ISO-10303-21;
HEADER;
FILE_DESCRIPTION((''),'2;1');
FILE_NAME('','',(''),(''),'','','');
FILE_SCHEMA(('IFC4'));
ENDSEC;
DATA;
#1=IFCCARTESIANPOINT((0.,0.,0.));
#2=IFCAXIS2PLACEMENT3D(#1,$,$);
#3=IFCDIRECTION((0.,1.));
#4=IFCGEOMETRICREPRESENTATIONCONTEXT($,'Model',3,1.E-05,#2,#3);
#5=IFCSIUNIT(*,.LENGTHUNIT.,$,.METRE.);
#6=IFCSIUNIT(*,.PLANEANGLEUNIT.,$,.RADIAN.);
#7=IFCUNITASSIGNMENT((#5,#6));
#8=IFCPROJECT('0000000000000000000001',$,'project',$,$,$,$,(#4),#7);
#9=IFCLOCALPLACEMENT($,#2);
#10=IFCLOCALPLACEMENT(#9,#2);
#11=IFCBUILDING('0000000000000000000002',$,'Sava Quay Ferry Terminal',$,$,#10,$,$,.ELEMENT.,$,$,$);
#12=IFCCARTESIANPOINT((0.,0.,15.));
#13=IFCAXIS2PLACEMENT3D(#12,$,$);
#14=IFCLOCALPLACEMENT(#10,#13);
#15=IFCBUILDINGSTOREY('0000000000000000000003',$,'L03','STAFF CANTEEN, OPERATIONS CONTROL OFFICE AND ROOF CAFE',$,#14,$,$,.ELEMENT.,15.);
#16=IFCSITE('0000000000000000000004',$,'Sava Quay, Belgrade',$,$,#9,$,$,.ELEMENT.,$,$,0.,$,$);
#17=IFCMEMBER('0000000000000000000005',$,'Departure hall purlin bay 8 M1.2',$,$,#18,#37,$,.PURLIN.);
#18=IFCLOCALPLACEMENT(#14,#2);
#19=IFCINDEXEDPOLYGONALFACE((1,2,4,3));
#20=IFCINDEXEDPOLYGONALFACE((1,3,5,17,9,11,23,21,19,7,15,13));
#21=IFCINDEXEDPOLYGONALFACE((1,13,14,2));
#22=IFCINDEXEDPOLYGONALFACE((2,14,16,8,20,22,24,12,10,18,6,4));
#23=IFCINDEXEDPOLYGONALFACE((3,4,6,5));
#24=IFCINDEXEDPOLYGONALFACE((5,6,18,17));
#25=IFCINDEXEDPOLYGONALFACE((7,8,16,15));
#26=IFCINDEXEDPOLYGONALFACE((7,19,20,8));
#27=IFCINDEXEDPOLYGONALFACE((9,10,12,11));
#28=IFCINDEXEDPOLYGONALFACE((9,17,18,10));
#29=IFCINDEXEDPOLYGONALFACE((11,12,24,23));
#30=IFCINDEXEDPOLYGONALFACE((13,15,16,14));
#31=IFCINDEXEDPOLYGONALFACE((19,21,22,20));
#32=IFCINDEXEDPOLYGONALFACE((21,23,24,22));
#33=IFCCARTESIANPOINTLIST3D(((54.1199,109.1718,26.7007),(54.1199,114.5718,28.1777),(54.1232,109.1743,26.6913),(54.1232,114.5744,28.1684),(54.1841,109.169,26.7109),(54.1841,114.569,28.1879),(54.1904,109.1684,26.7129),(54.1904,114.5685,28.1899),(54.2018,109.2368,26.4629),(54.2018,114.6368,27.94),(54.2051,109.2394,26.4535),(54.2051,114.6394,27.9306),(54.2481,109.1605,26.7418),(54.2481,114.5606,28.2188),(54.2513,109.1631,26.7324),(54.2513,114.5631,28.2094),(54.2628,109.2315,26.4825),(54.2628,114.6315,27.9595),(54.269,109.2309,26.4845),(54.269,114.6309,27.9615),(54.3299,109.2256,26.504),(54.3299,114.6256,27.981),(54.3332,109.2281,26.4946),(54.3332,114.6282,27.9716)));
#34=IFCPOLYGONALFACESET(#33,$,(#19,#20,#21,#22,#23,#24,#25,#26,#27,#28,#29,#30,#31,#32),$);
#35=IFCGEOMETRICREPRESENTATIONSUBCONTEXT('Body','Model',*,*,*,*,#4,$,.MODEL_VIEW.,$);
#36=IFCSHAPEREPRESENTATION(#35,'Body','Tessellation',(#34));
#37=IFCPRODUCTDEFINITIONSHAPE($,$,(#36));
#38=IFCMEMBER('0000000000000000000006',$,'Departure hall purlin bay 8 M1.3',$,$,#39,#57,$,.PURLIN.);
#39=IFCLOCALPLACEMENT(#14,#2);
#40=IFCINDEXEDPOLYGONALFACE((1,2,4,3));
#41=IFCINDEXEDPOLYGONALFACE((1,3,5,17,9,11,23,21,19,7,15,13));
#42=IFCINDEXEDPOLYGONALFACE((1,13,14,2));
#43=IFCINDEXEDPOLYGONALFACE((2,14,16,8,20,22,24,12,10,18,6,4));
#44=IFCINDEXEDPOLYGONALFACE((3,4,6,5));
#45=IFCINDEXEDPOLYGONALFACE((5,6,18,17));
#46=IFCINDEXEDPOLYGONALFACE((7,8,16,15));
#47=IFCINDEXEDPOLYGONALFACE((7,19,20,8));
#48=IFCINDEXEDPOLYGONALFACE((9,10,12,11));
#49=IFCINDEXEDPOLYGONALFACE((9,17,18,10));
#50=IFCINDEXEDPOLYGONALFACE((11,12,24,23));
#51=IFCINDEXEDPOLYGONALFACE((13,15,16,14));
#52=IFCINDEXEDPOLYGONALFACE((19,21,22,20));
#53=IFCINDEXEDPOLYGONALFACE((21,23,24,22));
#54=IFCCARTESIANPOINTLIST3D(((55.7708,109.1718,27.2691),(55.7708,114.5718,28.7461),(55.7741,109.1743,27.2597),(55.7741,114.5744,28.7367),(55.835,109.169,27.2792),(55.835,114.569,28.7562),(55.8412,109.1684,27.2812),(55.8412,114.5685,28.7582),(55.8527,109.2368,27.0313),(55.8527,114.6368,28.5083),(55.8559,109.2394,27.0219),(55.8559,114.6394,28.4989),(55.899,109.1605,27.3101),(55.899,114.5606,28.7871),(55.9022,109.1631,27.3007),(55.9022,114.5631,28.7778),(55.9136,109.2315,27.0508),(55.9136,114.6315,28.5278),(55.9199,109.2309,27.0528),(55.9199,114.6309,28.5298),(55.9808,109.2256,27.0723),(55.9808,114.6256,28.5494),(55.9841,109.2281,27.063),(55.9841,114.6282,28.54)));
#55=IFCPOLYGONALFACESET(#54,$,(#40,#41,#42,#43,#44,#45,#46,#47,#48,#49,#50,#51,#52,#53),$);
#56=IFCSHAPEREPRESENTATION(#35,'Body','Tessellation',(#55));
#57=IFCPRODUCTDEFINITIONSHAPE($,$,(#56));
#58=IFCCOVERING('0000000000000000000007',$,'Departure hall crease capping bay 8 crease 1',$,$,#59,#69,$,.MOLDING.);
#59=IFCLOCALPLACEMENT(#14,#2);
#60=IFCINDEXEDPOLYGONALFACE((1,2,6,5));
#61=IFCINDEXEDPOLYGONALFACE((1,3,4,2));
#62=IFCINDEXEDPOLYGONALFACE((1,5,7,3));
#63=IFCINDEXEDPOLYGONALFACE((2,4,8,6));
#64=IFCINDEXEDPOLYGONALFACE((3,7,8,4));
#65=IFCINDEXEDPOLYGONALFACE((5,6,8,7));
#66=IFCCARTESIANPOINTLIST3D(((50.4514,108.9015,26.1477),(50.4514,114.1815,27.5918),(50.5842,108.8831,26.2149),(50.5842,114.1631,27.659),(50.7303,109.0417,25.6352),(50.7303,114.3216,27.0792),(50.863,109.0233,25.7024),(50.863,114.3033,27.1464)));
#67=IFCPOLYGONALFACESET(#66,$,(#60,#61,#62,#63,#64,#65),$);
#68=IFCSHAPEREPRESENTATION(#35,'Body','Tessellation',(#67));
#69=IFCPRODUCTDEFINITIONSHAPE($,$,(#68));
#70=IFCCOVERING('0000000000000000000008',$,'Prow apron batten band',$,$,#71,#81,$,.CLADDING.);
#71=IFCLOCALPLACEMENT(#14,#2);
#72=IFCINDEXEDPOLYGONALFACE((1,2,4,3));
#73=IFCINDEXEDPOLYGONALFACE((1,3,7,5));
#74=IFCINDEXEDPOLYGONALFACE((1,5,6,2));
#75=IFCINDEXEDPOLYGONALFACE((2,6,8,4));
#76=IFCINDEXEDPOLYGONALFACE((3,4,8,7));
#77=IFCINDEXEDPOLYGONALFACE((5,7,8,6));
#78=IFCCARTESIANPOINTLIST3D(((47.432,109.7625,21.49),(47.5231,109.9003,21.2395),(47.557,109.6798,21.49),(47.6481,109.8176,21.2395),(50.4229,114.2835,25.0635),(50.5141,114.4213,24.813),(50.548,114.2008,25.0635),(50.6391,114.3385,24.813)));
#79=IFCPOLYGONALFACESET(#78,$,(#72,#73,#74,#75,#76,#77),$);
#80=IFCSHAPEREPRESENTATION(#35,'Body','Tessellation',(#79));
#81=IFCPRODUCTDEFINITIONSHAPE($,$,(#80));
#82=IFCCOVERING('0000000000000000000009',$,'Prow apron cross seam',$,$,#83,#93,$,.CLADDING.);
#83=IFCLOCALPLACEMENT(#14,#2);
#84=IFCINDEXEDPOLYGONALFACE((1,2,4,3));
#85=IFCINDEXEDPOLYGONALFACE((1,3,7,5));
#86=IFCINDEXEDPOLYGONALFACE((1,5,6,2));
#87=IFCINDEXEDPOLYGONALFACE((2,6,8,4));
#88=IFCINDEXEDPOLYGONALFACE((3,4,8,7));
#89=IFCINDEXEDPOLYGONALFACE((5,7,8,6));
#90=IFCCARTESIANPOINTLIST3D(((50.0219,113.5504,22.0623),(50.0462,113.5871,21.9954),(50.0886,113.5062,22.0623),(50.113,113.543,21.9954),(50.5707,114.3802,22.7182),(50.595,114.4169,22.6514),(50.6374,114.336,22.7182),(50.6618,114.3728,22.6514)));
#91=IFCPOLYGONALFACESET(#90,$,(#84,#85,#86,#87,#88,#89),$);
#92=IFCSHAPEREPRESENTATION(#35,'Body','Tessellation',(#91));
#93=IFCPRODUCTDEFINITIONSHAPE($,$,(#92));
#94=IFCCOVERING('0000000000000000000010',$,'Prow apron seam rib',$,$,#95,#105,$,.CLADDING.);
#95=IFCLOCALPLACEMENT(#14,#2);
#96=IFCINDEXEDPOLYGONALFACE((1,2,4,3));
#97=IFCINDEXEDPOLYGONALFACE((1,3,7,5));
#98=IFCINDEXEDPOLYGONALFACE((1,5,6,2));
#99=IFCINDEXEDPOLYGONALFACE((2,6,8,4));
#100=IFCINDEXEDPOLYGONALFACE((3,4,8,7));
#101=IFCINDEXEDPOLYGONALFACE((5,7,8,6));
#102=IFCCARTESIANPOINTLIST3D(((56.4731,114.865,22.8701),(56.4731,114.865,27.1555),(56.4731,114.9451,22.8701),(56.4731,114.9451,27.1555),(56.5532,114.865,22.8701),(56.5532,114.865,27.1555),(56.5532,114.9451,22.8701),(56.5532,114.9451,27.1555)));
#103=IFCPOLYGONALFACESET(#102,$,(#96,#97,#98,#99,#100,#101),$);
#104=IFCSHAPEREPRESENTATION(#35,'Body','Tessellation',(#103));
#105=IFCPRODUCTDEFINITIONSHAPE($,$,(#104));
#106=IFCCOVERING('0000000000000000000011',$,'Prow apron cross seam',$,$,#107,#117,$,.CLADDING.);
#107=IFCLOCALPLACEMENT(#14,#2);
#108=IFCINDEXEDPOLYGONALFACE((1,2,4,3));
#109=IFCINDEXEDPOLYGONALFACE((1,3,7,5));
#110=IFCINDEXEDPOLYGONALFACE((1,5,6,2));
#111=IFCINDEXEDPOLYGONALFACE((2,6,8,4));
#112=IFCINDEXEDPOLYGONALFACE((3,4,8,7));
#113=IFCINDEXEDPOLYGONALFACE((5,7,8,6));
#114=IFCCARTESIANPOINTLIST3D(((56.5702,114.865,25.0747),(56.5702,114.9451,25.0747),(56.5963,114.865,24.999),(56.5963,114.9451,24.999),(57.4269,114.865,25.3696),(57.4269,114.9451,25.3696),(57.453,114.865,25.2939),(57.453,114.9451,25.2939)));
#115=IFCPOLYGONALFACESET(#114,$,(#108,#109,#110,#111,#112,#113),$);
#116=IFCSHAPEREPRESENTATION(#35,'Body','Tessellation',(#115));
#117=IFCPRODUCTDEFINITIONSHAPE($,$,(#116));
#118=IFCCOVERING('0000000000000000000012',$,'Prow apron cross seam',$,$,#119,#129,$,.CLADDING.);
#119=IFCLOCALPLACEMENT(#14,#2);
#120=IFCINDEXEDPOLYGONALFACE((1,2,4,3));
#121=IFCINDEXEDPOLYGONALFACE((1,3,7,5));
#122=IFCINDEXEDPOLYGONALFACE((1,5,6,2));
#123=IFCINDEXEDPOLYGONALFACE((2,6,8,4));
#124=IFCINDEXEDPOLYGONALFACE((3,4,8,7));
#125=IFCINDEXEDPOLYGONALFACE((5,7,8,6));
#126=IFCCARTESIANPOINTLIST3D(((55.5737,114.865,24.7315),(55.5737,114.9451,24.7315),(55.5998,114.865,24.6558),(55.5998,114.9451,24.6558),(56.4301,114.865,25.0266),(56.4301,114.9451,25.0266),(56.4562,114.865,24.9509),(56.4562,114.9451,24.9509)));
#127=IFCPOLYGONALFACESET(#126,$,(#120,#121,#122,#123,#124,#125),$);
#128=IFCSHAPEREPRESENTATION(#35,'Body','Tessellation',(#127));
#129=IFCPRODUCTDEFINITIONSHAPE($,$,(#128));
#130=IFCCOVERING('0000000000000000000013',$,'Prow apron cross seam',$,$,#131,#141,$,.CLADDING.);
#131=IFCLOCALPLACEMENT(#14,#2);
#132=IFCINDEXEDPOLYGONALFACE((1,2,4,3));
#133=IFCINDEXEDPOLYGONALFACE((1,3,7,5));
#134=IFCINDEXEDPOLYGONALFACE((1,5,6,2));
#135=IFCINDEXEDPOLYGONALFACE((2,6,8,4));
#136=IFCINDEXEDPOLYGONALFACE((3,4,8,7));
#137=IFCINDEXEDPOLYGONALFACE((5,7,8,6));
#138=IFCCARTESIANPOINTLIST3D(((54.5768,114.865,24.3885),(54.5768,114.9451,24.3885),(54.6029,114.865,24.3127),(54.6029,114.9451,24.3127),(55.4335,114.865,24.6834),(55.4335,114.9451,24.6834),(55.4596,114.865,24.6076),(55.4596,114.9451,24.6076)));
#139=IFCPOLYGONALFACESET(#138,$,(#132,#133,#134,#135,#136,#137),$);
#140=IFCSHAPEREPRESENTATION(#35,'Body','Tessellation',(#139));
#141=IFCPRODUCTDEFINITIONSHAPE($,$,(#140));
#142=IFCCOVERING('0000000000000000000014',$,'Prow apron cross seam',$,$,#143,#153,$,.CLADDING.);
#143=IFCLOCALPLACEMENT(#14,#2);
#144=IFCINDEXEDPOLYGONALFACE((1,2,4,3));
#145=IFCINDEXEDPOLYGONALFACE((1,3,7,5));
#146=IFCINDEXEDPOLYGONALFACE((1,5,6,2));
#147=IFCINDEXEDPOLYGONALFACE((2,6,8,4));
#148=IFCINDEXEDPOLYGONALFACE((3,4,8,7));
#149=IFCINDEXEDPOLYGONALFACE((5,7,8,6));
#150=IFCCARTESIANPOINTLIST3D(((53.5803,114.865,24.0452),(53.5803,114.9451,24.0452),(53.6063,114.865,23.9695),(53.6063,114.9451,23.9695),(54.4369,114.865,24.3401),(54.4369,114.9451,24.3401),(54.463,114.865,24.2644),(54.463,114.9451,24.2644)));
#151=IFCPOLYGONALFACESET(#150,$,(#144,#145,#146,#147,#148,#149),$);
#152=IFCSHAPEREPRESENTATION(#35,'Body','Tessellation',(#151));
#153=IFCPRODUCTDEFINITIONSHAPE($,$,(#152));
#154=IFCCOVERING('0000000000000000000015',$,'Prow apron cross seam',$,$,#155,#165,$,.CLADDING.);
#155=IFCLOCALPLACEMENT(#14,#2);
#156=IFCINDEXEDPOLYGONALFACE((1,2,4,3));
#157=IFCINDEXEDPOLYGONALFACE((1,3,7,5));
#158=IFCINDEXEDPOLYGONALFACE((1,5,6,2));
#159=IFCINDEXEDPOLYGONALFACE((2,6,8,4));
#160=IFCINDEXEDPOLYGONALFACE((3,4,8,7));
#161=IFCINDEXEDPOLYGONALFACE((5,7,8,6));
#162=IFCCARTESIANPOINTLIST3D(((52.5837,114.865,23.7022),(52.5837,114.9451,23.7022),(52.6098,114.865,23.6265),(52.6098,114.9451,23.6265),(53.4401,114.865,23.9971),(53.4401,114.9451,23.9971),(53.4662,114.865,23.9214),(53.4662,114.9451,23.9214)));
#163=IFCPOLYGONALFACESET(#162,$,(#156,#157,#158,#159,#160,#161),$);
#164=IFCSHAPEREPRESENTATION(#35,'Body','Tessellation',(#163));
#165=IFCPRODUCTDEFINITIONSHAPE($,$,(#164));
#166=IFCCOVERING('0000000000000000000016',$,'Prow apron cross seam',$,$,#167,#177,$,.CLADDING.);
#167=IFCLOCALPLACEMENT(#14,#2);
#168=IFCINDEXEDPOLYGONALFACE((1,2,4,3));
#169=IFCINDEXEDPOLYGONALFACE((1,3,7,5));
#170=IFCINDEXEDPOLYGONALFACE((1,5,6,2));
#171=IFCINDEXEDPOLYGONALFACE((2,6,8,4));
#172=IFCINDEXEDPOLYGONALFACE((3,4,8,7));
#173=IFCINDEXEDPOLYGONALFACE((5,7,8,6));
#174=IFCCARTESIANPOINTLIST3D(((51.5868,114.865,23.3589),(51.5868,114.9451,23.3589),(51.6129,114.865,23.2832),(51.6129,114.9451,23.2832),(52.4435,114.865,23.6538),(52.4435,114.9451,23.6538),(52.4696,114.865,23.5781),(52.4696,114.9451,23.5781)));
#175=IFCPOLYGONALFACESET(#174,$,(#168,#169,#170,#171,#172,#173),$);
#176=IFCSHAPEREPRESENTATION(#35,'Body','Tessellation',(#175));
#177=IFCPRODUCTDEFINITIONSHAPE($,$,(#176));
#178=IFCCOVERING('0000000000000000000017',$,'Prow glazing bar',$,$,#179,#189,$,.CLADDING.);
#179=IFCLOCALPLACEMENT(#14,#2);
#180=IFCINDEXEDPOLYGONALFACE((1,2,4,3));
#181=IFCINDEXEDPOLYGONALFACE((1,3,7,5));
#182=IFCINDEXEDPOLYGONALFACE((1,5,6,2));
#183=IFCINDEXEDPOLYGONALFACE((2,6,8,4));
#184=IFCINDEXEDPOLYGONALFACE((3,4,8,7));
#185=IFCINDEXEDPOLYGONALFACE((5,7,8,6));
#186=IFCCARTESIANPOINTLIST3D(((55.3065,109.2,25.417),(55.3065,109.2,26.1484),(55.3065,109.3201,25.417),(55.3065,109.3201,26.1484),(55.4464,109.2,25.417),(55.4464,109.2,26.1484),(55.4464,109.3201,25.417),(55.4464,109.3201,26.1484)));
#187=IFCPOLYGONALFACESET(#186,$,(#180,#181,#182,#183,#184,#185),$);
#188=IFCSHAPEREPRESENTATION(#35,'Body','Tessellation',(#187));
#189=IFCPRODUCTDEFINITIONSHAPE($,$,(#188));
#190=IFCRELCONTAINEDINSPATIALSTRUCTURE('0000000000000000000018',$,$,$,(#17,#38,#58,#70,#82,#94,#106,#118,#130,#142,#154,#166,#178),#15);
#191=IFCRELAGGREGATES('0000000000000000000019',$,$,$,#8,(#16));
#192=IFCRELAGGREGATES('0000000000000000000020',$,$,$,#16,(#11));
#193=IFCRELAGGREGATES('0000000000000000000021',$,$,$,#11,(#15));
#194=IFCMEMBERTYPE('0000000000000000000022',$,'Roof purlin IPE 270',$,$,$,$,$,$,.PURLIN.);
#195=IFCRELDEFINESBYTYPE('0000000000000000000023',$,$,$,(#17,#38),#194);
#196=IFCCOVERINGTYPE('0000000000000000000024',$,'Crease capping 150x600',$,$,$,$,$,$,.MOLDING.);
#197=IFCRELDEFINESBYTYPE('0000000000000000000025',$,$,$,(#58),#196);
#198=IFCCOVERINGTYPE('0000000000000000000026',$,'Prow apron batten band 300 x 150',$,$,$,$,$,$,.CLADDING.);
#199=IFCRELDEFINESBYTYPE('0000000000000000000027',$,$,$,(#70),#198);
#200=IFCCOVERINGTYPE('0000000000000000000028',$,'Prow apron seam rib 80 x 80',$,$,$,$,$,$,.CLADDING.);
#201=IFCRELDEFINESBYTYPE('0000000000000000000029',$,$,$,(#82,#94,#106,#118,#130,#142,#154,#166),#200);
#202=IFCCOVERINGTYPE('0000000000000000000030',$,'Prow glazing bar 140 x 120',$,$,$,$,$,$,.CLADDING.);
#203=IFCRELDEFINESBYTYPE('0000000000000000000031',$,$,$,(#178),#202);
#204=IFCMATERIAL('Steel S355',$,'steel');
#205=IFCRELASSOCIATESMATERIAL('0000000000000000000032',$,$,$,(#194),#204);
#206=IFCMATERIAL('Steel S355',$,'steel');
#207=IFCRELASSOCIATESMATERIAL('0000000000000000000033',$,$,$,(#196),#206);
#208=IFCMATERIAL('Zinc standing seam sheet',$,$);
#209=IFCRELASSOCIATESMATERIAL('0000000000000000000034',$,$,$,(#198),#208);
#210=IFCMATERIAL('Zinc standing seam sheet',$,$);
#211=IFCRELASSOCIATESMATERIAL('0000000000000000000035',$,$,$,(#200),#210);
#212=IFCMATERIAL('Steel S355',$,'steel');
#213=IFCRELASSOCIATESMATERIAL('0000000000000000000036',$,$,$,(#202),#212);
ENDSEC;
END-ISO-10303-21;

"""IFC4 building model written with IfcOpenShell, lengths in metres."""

from ifc_helpers import new_model, si_unit, direction, frame, origin, origin_2d, place, context, subcontext, project, spatial, rectangle, i_section, extrude, material, material_profile, profile_set, type_object, element, save


model = new_model("IFC4")

# Units and contexts
model_context = context("Model", 3, precision=1e-05, world=origin(), true_north=direction((0.0, 1.0)))
body_context = subcontext(model_context, "Body", "Model", "MODEL_VIEW")
ifc_project = project(units=[si_unit("LENGTHUNIT", "METRE"), si_unit("PLANEANGLEUNIT", "RADIAN")], contexts=[model_context])

# Site, building, storey
site_placement = place(None, origin())
site = spatial("IfcSite", under=ifc_project, at=site_placement, Name="Sava Quay, Belgrade", CompositionType="ELEMENT", RefElevation=0.0)
building_placement = place(site_placement, origin())
building = spatial("IfcBuilding", under=site, at=building_placement, Name="Sava Quay Ferry Terminal", CompositionType="ELEMENT")
storey_placement = place(building_placement, frame((0.0, 0.0, 15.0)))
storey = spatial("IfcBuildingStorey", under=building, at=storey_placement, Name="L03", Description="STAFF CANTEEN, OPERATIONS CONTROL OFFICE AND ROOF CAFE", CompositionType="ELEMENT", Elevation=15.0)

# Members
ifc_material_1 = material(Name="Steel S355", Category="steel")
ifc_material_profile_1 = material_profile(ifc_material_1, i_section(OverallWidth=0.135, OverallDepth=0.27, WebThickness=0.0066, FlangeThickness=0.0103, at=origin_2d()), Name="IPE 270")
ifc_profile_set_1 = profile_set([ifc_material_profile_1], Name="Steel S355")
member_type_1 = type_object("IfcMemberType", Name="Roof purlin IPE 270", PredefinedType="PURLIN", material=ifc_profile_set_1)
for number, where, z_axis, x_axis, name in (
    (1, (54.2266, 109.2, 26.5977), (0.0, 0.964569, 0.263829), (-0.949026, 0.083159, -0.30403), "Departure hall purlin bay 8 M1.2"),
    (2, (55.8774, 109.2, 27.166), (0.0, 0.964569, 0.263829), (-0.949026, 0.083159, -0.30403), "Departure hall purlin bay 8 M1.3"),
):
    element("IfcMember", number, at=place(storey_placement, frame(where, z_axis=z_axis, x_axis=x_axis)), inside=storey, type_object=member_type_1, Name=name, PredefinedType="PURLIN", context=body_context, shape_type="SweptSolid", body=[
        extrude(i_section(OverallWidth=0.135, OverallDepth=0.27, WebThickness=0.0066, FlangeThickness=0.0103, at=origin_2d()), origin(), (0.0, 0.0, 1.0), 5.5984),
    ])

# Coverings
ifc_material_2 = material(Name="Steel S355", Category="steel")
ifc_material_profile_2 = material_profile(ifc_material_2, rectangle(XDim=0.1499, YDim=0.6001, at=origin_2d()), Name="Cap 150 x 600")
ifc_profile_set_2 = profile_set([ifc_material_profile_2], Name="Steel S355")
covering_type_1 = type_object("IfcCoveringType", Name="Crease capping 150x600", PredefinedType="MOLDING", material=ifc_profile_set_2)
covering_1_placement = place(storey_placement, frame((50.6572, 108.9624, 25.925), z_axis=(0.0, 0.964574, 0.263812), x_axis=(-0.885497, 0.122579, -0.448185)))
element("IfcCovering", 3, at=covering_1_placement, inside=storey, type_object=covering_type_1, Name="Departure hall crease capping bay 8 crease 1", PredefinedType="MOLDING", context=body_context, shape_type="SweptSolid", body=[
    extrude(rectangle(XDim=0.1499, YDim=0.6001, at=origin_2d()), origin(), (0.0, 0.0, 1.0), 5.4739),
])
ifc_material_3 = material(Name="Zinc standing seam sheet")
ifc_material_profile_3 = material_profile(ifc_material_3, rectangle(XDim=0.3, YDim=0.1499, at=origin_2d()), Name="Strip 300 x 150")
ifc_profile_set_3 = profile_set([ifc_material_profile_3], Name="Zinc standing seam sheet")
covering_type_2 = type_object("IfcCoveringType", Name="Prow apron batten band 300 x 150", PredefinedType="CLADDING", material=ifc_profile_set_3)
covering_2_placement = place(storey_placement, frame((50.531, 114.311, 24.9382), z_axis=(-0.460666, -0.69632, -0.550386), x_axis=(-0.303678, -0.459025, 0.834911)))
element("IfcCovering", 4, at=covering_2_placement, inside=storey, type_object=covering_type_2, Name="Prow apron batten band", PredefinedType="CLADDING", context=body_context, shape_type="SweptSolid", body=[
    extrude(rectangle(XDim=0.3, YDim=0.1499, at=origin_2d()), origin(), (0.0, 0.0, 1.0), 6.4927),
])
ifc_material_4 = material(Name="Zinc standing seam sheet")
ifc_material_profile_4 = material_profile(ifc_material_4, rectangle(XDim=0.0801, YDim=0.0801, at=origin_2d()), Name="Strip 80 x 80")
ifc_profile_set_4 = profile_set([ifc_material_profile_4], Name="Zinc standing seam sheet")
covering_type_3 = type_object("IfcCoveringType", Name="Prow apron seam rib 80 x 80", PredefinedType="CLADDING", material=ifc_profile_set_4)
covering_3_placement = place(storey_placement, frame((50.6162, 114.3765, 22.6848), z_axis=(-0.460537, -0.696337, -0.550473), x_axis=(-0.303662, -0.45914, 0.834853)))
element("IfcCovering", 5, at=covering_3_placement, inside=storey, type_object=covering_type_3, Name="Prow apron cross seam", PredefinedType="CLADDING", context=body_context, shape_type="SweptSolid", body=[
    extrude(rectangle(XDim=0.0801, YDim=0.0801, at=origin_2d()), origin(), (0.0, 0.0, 1.0), 1.1917),
])
covering_4_placement = place(storey_placement, frame((56.5132, 114.905, 22.8701), z_axis=(0.0, 0.0, 1.0), x_axis=(1.0, 0.0, 0.0)))
element("IfcCovering", 6, at=covering_4_placement, inside=storey, type_object=covering_type_3, Name="Prow apron seam rib", PredefinedType="CLADDING", context=body_context, shape_type="SweptSolid", body=[
    extrude(rectangle(XDim=0.0801, YDim=0.0801, at=origin_2d()), origin(), (0.0, 0.0, 1.0), 4.2854),
])
covering_5_placement = place(storey_placement, frame((57.4399, 114.905, 25.3318), z_axis=(-0.945539, 0.0, -0.325509), x_axis=(-0.325509, 0.0, 0.945539)))
element("IfcCovering", 7, at=covering_5_placement, inside=storey, type_object=covering_type_3, Name="Prow apron cross seam", PredefinedType="CLADDING", context=body_context, shape_type="SweptSolid", body=[
    extrude(rectangle(XDim=0.0801, YDim=0.0801, at=origin_2d()), origin(), (0.0, 0.0, 1.0), 0.906),
])
covering_6_placement = place(storey_placement, frame((56.4431, 114.905, 24.9888), z_axis=(-0.945427, 0.0, -0.325833), x_axis=(-0.325833, 0.0, 0.945427)))
element("IfcCovering", 8, at=covering_6_placement, inside=storey, type_object=covering_type_3, Name="Prow apron cross seam", PredefinedType="CLADDING", context=body_context, shape_type="SweptSolid", body=[
    extrude(rectangle(XDim=0.0801, YDim=0.0801, at=origin_2d()), origin(), (0.0, 0.0, 1.0), 0.9058),
])
for number, where, z_axis, x_axis, name in (
    (9, (55.4465, 114.905, 24.6455), (-0.945539, 0.0, -0.325509), (-0.325509, 0.0, 0.945539), "Prow apron cross seam"),
    (10, (54.45, 114.905, 24.3022), (-0.945539, 0.0, -0.325509), (-0.325509, 0.0, 0.945539), "Prow apron cross seam"),
):
    element("IfcCovering", number, at=place(storey_placement, frame(where, z_axis=z_axis, x_axis=x_axis)), inside=storey, type_object=covering_type_3, Name=name, PredefinedType="CLADDING", context=body_context, shape_type="SweptSolid", body=[
        extrude(rectangle(XDim=0.0801, YDim=0.0801, at=origin_2d()), origin(), (0.0, 0.0, 1.0), 0.906),
    ])
covering_7_placement = place(storey_placement, frame((53.4531, 114.905, 23.9592), z_axis=(-0.94551, 0.0, -0.325592), x_axis=(-0.325592, 0.0, 0.94551)))
element("IfcCovering", 11, at=covering_7_placement, inside=storey, type_object=covering_type_3, Name="Prow apron cross seam", PredefinedType="CLADDING", context=body_context, shape_type="SweptSolid", body=[
    extrude(rectangle(XDim=0.0801, YDim=0.0801, at=origin_2d()), origin(), (0.0, 0.0, 1.0), 0.9058),
])
covering_8_placement = place(storey_placement, frame((52.4565, 114.905, 23.616), z_axis=(-0.945539, 0.0, -0.325509), x_axis=(-0.325509, 0.0, 0.945539)))
element("IfcCovering", 12, at=covering_8_placement, inside=storey, type_object=covering_type_3, Name="Prow apron cross seam", PredefinedType="CLADDING", context=body_context, shape_type="SweptSolid", body=[
    extrude(rectangle(XDim=0.0801, YDim=0.0801, at=origin_2d()), origin(), (0.0, 0.0, 1.0), 0.906),
])
ifc_material_5 = material(Name="Steel S355", Category="steel")
ifc_material_profile_5 = material_profile(ifc_material_5, rectangle(XDim=0.1399, YDim=0.1201, at=origin_2d()), Name="Strip 140 x 120")
ifc_profile_set_5 = profile_set([ifc_material_profile_5], Name="Steel S355")
covering_type_4 = type_object("IfcCoveringType", Name="Prow glazing bar 140 x 120", PredefinedType="CLADDING", material=ifc_profile_set_5)
covering_9_placement = place(storey_placement, frame((55.3765, 109.26, 25.417), z_axis=(0.0, 0.0, 1.0), x_axis=(1.0, 0.0, 0.0)))
element("IfcCovering", 13, at=covering_9_placement, inside=storey, type_object=covering_type_4, Name="Prow glazing bar", PredefinedType="CLADDING", context=body_context, shape_type="SweptSolid", body=[
    extrude(rectangle(XDim=0.1399, YDim=0.1201, at=origin_2d()), origin(), (0.0, 0.0, 1.0), 0.7314),
])

save(model, "model.ifc")
